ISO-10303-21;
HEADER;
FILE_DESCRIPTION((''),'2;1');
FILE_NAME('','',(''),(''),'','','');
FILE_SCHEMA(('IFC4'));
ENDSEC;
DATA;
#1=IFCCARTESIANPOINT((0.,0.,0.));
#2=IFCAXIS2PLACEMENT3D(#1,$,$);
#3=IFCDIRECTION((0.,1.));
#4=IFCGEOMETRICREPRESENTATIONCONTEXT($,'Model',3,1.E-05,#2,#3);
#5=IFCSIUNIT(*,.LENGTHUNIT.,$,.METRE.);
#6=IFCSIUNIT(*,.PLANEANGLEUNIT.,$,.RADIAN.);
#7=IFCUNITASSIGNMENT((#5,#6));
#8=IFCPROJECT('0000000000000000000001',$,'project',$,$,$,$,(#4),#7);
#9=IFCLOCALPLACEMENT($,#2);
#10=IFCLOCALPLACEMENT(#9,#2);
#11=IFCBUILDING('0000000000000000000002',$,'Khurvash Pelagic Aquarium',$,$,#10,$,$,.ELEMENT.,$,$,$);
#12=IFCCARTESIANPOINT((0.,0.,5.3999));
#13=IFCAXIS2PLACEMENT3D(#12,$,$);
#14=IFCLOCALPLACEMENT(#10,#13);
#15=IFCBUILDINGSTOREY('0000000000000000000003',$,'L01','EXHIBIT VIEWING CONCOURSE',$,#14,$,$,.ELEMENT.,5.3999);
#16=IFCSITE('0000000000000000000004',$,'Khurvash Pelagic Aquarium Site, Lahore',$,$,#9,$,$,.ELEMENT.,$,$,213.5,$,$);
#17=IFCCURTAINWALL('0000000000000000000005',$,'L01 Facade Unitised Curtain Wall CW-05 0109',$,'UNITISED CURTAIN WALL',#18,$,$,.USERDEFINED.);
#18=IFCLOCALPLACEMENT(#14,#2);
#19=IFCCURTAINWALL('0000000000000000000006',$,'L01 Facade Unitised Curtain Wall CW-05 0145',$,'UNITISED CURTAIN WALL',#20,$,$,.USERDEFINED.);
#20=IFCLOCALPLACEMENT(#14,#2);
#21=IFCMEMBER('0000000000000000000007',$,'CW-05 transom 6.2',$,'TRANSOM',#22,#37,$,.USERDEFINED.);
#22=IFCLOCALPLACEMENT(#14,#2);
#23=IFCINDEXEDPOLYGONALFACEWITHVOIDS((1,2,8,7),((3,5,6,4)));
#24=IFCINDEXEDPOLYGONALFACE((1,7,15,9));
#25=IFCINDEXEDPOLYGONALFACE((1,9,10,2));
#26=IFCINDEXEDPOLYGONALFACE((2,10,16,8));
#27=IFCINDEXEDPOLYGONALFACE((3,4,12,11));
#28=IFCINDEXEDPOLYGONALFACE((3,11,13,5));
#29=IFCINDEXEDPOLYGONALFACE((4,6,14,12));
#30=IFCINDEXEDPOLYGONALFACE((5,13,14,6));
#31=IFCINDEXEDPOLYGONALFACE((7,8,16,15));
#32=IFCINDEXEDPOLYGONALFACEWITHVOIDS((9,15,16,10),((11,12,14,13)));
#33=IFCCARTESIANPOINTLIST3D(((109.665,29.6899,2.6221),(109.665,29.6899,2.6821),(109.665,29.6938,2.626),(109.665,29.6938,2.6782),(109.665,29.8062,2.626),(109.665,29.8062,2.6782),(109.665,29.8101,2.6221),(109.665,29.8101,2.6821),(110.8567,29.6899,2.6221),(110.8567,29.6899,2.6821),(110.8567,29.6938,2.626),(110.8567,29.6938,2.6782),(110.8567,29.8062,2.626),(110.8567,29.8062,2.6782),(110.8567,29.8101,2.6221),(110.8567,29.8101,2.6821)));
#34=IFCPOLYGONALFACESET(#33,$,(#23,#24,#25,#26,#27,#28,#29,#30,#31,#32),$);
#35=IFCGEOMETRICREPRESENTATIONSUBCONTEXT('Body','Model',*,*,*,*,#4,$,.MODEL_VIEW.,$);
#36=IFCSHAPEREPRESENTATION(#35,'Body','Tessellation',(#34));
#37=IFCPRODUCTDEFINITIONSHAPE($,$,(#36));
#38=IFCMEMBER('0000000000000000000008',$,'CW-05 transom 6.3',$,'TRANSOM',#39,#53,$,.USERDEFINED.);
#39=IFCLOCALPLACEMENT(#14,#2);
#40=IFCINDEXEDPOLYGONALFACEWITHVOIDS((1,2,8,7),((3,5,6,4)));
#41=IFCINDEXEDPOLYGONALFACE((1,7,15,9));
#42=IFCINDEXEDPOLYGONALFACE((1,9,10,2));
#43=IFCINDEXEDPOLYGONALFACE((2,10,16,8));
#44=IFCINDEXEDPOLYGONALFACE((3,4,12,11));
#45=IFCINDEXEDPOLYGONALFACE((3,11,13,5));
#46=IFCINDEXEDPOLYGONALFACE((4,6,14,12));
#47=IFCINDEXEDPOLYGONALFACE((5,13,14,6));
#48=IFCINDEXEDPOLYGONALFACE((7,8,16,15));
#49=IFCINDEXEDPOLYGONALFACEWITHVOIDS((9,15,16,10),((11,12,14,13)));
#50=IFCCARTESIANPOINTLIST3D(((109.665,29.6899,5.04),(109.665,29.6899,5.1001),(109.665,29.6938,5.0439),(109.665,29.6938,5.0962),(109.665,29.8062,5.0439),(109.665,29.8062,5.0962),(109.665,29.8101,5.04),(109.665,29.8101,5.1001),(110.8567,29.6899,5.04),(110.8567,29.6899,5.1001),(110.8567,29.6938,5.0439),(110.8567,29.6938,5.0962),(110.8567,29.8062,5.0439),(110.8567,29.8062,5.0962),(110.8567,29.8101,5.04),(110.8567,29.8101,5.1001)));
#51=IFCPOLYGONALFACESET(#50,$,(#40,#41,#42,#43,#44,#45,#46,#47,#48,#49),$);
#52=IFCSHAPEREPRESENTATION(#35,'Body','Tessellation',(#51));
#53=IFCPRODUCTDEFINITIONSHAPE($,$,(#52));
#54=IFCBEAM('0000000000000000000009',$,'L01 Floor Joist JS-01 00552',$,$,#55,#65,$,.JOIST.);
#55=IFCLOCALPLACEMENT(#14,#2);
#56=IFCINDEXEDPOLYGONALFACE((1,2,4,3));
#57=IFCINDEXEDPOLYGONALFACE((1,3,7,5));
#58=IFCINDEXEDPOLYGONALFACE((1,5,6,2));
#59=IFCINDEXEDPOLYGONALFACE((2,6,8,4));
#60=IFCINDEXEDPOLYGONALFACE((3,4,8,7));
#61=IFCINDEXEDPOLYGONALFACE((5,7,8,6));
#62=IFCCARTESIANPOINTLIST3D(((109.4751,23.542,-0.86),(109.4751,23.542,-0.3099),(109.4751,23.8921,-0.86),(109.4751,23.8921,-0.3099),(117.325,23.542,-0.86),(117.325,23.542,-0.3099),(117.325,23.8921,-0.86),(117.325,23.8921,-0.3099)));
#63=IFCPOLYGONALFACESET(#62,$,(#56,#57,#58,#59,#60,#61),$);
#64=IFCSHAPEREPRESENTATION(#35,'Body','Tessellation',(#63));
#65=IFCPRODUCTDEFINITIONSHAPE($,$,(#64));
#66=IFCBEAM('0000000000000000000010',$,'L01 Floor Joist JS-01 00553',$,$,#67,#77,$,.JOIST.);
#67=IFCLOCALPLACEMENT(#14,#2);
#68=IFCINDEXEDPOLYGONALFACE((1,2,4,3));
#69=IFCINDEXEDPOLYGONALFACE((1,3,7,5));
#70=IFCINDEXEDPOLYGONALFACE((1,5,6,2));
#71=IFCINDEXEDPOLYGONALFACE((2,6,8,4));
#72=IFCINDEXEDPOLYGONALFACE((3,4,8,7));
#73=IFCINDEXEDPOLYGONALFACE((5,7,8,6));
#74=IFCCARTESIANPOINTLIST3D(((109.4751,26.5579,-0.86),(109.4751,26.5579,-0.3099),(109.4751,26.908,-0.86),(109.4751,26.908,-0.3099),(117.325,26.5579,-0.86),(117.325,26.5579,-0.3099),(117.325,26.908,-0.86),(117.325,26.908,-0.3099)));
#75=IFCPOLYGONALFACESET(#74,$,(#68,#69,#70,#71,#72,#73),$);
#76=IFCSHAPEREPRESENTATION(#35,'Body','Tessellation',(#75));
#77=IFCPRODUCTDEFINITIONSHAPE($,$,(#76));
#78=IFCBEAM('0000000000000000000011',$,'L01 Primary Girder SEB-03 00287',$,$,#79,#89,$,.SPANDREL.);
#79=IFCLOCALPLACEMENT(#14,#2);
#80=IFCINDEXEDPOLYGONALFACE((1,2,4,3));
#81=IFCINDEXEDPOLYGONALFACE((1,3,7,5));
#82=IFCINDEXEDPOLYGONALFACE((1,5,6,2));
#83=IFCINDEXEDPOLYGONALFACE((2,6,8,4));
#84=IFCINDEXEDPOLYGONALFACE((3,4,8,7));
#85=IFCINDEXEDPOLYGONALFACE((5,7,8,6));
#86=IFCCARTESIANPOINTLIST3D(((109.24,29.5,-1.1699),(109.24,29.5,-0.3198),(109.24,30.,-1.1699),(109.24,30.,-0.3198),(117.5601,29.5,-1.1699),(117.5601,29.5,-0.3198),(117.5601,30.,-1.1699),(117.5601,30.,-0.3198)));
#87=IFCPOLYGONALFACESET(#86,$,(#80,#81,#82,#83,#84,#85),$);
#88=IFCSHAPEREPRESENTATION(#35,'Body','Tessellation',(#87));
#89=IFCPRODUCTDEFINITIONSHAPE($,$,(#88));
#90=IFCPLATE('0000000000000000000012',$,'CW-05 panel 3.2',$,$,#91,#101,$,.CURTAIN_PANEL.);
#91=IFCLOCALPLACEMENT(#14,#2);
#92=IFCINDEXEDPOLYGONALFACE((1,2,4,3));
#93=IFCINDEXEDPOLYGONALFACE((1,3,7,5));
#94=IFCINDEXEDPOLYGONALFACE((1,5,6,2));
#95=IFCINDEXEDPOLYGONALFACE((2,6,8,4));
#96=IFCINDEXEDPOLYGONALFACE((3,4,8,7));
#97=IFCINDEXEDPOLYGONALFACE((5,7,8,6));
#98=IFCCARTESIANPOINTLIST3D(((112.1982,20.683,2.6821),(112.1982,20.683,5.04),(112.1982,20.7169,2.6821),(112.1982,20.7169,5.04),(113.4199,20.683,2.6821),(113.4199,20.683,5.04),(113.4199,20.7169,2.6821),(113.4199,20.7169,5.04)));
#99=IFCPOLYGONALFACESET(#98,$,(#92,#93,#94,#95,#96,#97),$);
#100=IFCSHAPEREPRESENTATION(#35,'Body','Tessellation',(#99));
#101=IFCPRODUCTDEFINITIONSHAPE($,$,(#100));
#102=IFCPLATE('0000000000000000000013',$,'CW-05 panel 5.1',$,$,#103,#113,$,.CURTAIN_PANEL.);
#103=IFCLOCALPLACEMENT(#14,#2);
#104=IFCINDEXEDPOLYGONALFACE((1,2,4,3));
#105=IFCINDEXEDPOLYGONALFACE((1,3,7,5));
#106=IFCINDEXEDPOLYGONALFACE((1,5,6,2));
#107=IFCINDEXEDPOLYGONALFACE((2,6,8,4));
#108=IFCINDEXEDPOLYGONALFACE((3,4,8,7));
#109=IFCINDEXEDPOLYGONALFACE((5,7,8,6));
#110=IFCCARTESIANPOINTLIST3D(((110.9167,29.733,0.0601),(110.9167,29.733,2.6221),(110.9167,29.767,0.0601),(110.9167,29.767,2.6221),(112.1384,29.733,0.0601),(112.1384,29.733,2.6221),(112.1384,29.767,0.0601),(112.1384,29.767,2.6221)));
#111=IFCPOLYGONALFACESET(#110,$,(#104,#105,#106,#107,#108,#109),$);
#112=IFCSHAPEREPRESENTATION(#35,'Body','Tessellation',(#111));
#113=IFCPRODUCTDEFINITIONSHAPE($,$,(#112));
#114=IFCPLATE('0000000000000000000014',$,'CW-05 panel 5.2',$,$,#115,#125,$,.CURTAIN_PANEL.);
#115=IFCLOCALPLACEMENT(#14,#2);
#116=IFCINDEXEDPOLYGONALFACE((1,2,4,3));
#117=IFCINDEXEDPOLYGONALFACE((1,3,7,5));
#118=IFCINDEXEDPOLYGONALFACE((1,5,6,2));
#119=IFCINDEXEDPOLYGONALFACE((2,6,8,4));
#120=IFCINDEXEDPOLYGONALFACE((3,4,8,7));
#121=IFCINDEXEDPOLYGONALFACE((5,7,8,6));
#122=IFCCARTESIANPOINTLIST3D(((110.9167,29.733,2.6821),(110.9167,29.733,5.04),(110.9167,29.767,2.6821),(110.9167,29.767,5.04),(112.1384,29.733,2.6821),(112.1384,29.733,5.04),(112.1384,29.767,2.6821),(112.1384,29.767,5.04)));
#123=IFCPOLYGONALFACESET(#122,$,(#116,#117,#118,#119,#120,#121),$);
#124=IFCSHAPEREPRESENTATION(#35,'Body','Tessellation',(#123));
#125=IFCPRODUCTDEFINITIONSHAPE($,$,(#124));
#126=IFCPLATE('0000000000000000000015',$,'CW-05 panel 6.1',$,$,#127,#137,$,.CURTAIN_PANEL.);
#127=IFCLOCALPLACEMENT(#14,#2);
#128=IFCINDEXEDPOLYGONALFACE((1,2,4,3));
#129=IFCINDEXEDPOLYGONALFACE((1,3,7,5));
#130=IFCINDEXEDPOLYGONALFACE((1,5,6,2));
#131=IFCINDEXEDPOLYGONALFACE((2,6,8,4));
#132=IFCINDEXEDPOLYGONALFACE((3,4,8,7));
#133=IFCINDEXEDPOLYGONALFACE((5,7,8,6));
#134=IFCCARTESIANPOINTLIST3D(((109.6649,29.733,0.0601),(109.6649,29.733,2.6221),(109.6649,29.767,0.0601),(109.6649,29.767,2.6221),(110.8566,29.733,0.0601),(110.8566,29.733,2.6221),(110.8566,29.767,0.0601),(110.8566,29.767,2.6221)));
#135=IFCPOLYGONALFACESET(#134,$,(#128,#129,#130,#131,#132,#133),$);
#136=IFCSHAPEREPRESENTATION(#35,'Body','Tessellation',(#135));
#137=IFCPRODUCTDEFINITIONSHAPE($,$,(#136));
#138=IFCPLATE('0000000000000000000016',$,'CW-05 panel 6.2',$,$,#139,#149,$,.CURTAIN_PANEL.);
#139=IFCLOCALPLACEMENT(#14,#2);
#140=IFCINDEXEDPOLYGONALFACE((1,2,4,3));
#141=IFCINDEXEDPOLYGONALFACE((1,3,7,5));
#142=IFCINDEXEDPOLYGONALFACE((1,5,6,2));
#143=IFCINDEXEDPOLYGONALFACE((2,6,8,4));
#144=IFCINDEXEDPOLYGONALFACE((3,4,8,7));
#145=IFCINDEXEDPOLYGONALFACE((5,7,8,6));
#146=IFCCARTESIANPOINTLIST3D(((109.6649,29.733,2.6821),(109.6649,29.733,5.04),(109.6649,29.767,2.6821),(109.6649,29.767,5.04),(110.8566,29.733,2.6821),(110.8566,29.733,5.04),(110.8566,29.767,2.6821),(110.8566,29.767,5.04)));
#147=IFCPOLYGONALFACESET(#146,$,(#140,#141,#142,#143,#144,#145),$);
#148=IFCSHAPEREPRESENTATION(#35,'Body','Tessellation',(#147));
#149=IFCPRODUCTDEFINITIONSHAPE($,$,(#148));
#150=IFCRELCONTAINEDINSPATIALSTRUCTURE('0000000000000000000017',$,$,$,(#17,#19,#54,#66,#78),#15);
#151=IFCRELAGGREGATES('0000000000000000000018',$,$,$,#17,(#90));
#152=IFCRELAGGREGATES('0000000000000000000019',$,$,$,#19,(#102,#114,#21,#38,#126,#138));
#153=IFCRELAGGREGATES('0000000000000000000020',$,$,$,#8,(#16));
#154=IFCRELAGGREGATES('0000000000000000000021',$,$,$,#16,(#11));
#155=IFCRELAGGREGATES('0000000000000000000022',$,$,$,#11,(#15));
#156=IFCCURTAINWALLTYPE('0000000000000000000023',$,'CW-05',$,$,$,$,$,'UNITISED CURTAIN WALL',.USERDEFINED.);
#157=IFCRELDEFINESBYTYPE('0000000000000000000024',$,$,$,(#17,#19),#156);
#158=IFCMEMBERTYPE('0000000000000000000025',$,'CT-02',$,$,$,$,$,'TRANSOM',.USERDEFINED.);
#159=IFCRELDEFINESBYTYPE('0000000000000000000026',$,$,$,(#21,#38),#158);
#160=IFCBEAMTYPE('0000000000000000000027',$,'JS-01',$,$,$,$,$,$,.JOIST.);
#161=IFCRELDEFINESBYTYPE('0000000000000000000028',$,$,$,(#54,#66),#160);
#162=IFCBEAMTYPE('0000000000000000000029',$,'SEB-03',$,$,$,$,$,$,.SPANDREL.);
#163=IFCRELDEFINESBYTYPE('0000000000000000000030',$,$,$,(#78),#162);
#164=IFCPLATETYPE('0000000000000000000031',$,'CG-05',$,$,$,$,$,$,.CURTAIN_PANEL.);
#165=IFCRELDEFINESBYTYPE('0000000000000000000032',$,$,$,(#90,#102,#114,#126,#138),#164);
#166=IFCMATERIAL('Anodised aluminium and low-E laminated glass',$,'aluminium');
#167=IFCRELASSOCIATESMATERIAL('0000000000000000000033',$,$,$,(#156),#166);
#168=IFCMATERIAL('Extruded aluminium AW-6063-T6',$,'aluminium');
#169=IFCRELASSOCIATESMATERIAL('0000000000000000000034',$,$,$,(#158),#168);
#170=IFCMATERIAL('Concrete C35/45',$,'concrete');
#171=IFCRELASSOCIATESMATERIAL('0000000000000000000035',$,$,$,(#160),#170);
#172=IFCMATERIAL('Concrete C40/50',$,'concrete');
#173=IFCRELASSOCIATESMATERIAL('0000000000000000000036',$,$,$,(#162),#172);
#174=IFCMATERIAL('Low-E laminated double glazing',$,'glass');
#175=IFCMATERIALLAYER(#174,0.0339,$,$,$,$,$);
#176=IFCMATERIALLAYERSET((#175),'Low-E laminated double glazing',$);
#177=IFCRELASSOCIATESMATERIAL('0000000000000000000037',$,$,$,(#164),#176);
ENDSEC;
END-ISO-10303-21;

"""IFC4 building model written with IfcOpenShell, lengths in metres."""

from ifc_helpers import new_model, si_unit, direction, frame, origin, origin_2d, place, context, subcontext, project, spatial, rectangle, hollow_rectangle, extrude, material, layer, layer_set, material_profile, profile_set, type_object, element, aggregate, save


model = new_model("IFC4")

# Units and contexts
model_context = context("Model", 3, precision=1e-05, world=origin(), true_north=direction((0.0, 1.0)))
body_context = subcontext(model_context, "Body", "Model", "MODEL_VIEW")
ifc_project = project(units=[si_unit("LENGTHUNIT", "METRE"), si_unit("PLANEANGLEUNIT", "RADIAN")], contexts=[model_context])

# Site, building, storey
site_placement = place(None, origin())
site = spatial("IfcSite", under=ifc_project, at=site_placement, Name="Khurvash Pelagic Aquarium Site, Lahore", CompositionType="ELEMENT", RefElevation=213.5)
building_placement = place(site_placement, origin())
building = spatial("IfcBuilding", under=site, at=building_placement, Name="Khurvash Pelagic Aquarium", CompositionType="ELEMENT")
storey_placement = place(building_placement, frame((0.0, 0.0, 5.3999)))
storey = spatial("IfcBuildingStorey", under=building, at=storey_placement, Name="L01", Description="EXHIBIT VIEWING CONCOURSE", CompositionType="ELEMENT", Elevation=5.3999)

# Shared definitions
ifc_material_1 = material(Name="Concrete C40/50", Category="concrete")

# Curtain wall
ifc_material_2 = material(Name="Anodised aluminium and low-E laminated glass", Category="aluminium")
curtain_wall_type = type_object("IfcCurtainWallType", Name="CW-05", ElementType="UNITISED CURTAIN WALL", PredefinedType="USERDEFINED", material=ifc_material_2)
curtain_wall_1_placement = place(storey_placement, origin())
curtain_wall_1 = element("IfcCurtainWall", 1, at=curtain_wall_1_placement, inside=storey, type_object=curtain_wall_type, Name="L01 Facade Unitised Curtain Wall CW-05 0109", ObjectType="UNITISED CURTAIN WALL", PredefinedType="USERDEFINED")
ifc_material_3 = material(Name="Extruded aluminium AW-6063-T6", Category="aluminium")

# Curtain wall
curtain_wall_2_placement = place(storey_placement, origin())
curtain_wall_2 = element("IfcCurtainWall", 2, at=curtain_wall_2_placement, inside=storey, type_object=curtain_wall_type, Name="L01 Facade Unitised Curtain Wall CW-05 0145", ObjectType="UNITISED CURTAIN WALL", PredefinedType="USERDEFINED")

# Members
ifc_material_profile_1 = material_profile(ifc_material_3, hollow_rectangle(XDim=0.1201, YDim=0.0601, WallThickness=0.0039, at=origin_2d()), Name="CWT120X60X4")
ifc_profile_set_1 = profile_set([ifc_material_profile_1], Name="Extruded aluminium AW-6063-T6")
member_type_1 = type_object("IfcMemberType", Name="CT-02", ElementType="TRANSOM", PredefinedType="USERDEFINED", material=ifc_profile_set_1)
member_1_placement = place(storey_placement, frame((110.8567, 29.75, 2.6521), z_axis=(-1.0, 0.0, 0.0), x_axis=(0.0, -1.0, 0.0)))
member_1 = element("IfcMember", 3, at=member_1_placement, type_object=member_type_1, Name="CW-05 transom 6.2", ObjectType="TRANSOM", PredefinedType="USERDEFINED", context=body_context, shape_type="SweptSolid", body=[
    extrude(hollow_rectangle(XDim=0.1201, YDim=0.0601, WallThickness=0.0039, at=origin_2d()), origin(), (0.0, 0.0, 1.0), 1.1917),
])
member_2_placement = place(storey_placement, frame((110.8567, 29.75, 5.0701), z_axis=(-1.0, 0.0, 0.0), x_axis=(0.0, -1.0, 0.0)))
member_2 = element("IfcMember", 4, at=member_2_placement, type_object=member_type_1, Name="CW-05 transom 6.3", ObjectType="TRANSOM", PredefinedType="USERDEFINED", context=body_context, shape_type="SweptSolid", body=[
    extrude(hollow_rectangle(XDim=0.1201, YDim=0.0601, WallThickness=0.0039, at=origin_2d()), origin(), (0.0, 0.0, 1.0), 1.1917),
])

# Beams
ifc_material_4 = material(Name="Concrete C35/45", Category="concrete")
ifc_material_profile_2 = material_profile(ifc_material_4, rectangle(XDim=0.3501, YDim=0.55, at=origin_2d()), Name="RC350X550")
ifc_profile_set_2 = profile_set([ifc_material_profile_2], Name="Concrete C35/45")
beam_type_1 = type_object("IfcBeamType", Name="JS-01", PredefinedType="JOIST", material=ifc_profile_set_2)
for number, where, z_axis, x_axis, name in (
    (5, (109.4751, 23.717, -0.585), (1.0, 0.0, 0.0), (0.0, 1.0, 0.0), "L01 Floor Joist JS-01 00552"),
    (6, (109.4751, 26.7329, -0.585), (1.0, 0.0, 0.0), (0.0, 1.0, 0.0), "L01 Floor Joist JS-01 00553"),
):
    element("IfcBeam", number, at=place(storey_placement, frame(where, z_axis=z_axis, x_axis=x_axis)), inside=storey, type_object=beam_type_1, Name=name, PredefinedType="JOIST", context=body_context, shape_type="SweptSolid", body=[
        extrude(rectangle(XDim=0.3501, YDim=0.55, at=origin_2d()), origin(), (0.0, 0.0, 1.0), 7.8499),
    ])
ifc_material_profile_3 = material_profile(ifc_material_1, rectangle(XDim=0.5, YDim=0.8501, at=origin_2d()), Name="RC500X850")
ifc_profile_set_3 = profile_set([ifc_material_profile_3], Name="Concrete C40/50")
beam_type_2 = type_object("IfcBeamType", Name="SEB-03", PredefinedType="SPANDREL", material=ifc_profile_set_3)
beam_1_placement = place(storey_placement, frame((109.24, 29.75, -0.7449), z_axis=(1.0, 0.0, 0.0), x_axis=(0.0, 1.0, 0.0)))
element("IfcBeam", 7, at=beam_1_placement, inside=storey, type_object=beam_type_2, Name="L01 Primary Girder SEB-03 00287", PredefinedType="SPANDREL", context=body_context, shape_type="SweptSolid", body=[
    extrude(rectangle(XDim=0.5, YDim=0.8501, at=origin_2d()), origin(), (0.0, 0.0, 1.0), 8.3201),
])

# Plates
ifc_material_5 = material(Name="Low-E laminated double glazing", Category="glass")
ifc_layer = layer(ifc_material_5, 0.0339)
ifc_layer_set = layer_set([ifc_layer], Name="Low-E laminated double glazing")
plate_type = type_object("IfcPlateType", Name="CG-05", PredefinedType="CURTAIN_PANEL", material=ifc_layer_set)
plate_1_placement = place(storey_placement, frame((112.8091, 20.7, 2.6821), z_axis=(0.0, 0.0, 1.0), x_axis=(1.0, 0.0, 0.0)))
plate_1 = element("IfcPlate", 8, at=plate_1_placement, type_object=plate_type, Name="CW-05 panel 3.2", PredefinedType="CURTAIN_PANEL", context=body_context, shape_type="SweptSolid", body=[
    extrude(rectangle(XDim=1.2217, YDim=0.0339, at=origin_2d()), origin(), (0.0, 0.0, 1.0), 2.3579),
])
aggregate(curtain_wall_1, [plate_1])
plate_2_placement = place(storey_placement, frame((111.5276, 29.75, 0.0601), z_axis=(0.0, 0.0, 1.0), x_axis=(-1.0, 0.0, 0.0)))
plate_2 = element("IfcPlate", 9, at=plate_2_placement, type_object=plate_type, Name="CW-05 panel 5.1", PredefinedType="CURTAIN_PANEL", context=body_context, shape_type="SweptSolid", body=[
    extrude(rectangle(XDim=1.2217, YDim=0.0339, at=origin_2d()), origin(), (0.0, 0.0, 1.0), 2.562),
])
plate_3_placement = place(storey_placement, frame((111.5276, 29.75, 2.6821), z_axis=(0.0, 0.0, 1.0), x_axis=(-1.0, 0.0, 0.0)))
plate_3 = element("IfcPlate", 10, at=plate_3_placement, type_object=plate_type, Name="CW-05 panel 5.2", PredefinedType="CURTAIN_PANEL", context=body_context, shape_type="SweptSolid", body=[
    extrude(rectangle(XDim=1.2217, YDim=0.0339, at=origin_2d()), origin(), (0.0, 0.0, 1.0), 2.3579),
])
plate_4_placement = place(storey_placement, frame((110.2607, 29.75, 0.0601), z_axis=(0.0, 0.0, 1.0), x_axis=(-1.0, 0.0, 0.0)))
plate_4 = element("IfcPlate", 11, at=plate_4_placement, type_object=plate_type, Name="CW-05 panel 6.1", PredefinedType="CURTAIN_PANEL", context=body_context, shape_type="SweptSolid", body=[
    extrude(rectangle(XDim=1.1917, YDim=0.0339, at=origin_2d()), origin(), (0.0, 0.0, 1.0), 2.562),
])
plate_5_placement = place(storey_placement, frame((110.2607, 29.75, 2.6821), z_axis=(0.0, 0.0, 1.0), x_axis=(-1.0, 0.0, 0.0)))
plate_5 = element("IfcPlate", 12, at=plate_5_placement, type_object=plate_type, Name="CW-05 panel 6.2", PredefinedType="CURTAIN_PANEL", context=body_context, shape_type="SweptSolid", body=[
    extrude(rectangle(XDim=1.1917, YDim=0.0339, at=origin_2d()), origin(), (0.0, 0.0, 1.0), 2.3579),
])
aggregate(curtain_wall_2, [plate_2, plate_3, member_1, member_2, plate_4, plate_5])

save(model, "model.ifc")
